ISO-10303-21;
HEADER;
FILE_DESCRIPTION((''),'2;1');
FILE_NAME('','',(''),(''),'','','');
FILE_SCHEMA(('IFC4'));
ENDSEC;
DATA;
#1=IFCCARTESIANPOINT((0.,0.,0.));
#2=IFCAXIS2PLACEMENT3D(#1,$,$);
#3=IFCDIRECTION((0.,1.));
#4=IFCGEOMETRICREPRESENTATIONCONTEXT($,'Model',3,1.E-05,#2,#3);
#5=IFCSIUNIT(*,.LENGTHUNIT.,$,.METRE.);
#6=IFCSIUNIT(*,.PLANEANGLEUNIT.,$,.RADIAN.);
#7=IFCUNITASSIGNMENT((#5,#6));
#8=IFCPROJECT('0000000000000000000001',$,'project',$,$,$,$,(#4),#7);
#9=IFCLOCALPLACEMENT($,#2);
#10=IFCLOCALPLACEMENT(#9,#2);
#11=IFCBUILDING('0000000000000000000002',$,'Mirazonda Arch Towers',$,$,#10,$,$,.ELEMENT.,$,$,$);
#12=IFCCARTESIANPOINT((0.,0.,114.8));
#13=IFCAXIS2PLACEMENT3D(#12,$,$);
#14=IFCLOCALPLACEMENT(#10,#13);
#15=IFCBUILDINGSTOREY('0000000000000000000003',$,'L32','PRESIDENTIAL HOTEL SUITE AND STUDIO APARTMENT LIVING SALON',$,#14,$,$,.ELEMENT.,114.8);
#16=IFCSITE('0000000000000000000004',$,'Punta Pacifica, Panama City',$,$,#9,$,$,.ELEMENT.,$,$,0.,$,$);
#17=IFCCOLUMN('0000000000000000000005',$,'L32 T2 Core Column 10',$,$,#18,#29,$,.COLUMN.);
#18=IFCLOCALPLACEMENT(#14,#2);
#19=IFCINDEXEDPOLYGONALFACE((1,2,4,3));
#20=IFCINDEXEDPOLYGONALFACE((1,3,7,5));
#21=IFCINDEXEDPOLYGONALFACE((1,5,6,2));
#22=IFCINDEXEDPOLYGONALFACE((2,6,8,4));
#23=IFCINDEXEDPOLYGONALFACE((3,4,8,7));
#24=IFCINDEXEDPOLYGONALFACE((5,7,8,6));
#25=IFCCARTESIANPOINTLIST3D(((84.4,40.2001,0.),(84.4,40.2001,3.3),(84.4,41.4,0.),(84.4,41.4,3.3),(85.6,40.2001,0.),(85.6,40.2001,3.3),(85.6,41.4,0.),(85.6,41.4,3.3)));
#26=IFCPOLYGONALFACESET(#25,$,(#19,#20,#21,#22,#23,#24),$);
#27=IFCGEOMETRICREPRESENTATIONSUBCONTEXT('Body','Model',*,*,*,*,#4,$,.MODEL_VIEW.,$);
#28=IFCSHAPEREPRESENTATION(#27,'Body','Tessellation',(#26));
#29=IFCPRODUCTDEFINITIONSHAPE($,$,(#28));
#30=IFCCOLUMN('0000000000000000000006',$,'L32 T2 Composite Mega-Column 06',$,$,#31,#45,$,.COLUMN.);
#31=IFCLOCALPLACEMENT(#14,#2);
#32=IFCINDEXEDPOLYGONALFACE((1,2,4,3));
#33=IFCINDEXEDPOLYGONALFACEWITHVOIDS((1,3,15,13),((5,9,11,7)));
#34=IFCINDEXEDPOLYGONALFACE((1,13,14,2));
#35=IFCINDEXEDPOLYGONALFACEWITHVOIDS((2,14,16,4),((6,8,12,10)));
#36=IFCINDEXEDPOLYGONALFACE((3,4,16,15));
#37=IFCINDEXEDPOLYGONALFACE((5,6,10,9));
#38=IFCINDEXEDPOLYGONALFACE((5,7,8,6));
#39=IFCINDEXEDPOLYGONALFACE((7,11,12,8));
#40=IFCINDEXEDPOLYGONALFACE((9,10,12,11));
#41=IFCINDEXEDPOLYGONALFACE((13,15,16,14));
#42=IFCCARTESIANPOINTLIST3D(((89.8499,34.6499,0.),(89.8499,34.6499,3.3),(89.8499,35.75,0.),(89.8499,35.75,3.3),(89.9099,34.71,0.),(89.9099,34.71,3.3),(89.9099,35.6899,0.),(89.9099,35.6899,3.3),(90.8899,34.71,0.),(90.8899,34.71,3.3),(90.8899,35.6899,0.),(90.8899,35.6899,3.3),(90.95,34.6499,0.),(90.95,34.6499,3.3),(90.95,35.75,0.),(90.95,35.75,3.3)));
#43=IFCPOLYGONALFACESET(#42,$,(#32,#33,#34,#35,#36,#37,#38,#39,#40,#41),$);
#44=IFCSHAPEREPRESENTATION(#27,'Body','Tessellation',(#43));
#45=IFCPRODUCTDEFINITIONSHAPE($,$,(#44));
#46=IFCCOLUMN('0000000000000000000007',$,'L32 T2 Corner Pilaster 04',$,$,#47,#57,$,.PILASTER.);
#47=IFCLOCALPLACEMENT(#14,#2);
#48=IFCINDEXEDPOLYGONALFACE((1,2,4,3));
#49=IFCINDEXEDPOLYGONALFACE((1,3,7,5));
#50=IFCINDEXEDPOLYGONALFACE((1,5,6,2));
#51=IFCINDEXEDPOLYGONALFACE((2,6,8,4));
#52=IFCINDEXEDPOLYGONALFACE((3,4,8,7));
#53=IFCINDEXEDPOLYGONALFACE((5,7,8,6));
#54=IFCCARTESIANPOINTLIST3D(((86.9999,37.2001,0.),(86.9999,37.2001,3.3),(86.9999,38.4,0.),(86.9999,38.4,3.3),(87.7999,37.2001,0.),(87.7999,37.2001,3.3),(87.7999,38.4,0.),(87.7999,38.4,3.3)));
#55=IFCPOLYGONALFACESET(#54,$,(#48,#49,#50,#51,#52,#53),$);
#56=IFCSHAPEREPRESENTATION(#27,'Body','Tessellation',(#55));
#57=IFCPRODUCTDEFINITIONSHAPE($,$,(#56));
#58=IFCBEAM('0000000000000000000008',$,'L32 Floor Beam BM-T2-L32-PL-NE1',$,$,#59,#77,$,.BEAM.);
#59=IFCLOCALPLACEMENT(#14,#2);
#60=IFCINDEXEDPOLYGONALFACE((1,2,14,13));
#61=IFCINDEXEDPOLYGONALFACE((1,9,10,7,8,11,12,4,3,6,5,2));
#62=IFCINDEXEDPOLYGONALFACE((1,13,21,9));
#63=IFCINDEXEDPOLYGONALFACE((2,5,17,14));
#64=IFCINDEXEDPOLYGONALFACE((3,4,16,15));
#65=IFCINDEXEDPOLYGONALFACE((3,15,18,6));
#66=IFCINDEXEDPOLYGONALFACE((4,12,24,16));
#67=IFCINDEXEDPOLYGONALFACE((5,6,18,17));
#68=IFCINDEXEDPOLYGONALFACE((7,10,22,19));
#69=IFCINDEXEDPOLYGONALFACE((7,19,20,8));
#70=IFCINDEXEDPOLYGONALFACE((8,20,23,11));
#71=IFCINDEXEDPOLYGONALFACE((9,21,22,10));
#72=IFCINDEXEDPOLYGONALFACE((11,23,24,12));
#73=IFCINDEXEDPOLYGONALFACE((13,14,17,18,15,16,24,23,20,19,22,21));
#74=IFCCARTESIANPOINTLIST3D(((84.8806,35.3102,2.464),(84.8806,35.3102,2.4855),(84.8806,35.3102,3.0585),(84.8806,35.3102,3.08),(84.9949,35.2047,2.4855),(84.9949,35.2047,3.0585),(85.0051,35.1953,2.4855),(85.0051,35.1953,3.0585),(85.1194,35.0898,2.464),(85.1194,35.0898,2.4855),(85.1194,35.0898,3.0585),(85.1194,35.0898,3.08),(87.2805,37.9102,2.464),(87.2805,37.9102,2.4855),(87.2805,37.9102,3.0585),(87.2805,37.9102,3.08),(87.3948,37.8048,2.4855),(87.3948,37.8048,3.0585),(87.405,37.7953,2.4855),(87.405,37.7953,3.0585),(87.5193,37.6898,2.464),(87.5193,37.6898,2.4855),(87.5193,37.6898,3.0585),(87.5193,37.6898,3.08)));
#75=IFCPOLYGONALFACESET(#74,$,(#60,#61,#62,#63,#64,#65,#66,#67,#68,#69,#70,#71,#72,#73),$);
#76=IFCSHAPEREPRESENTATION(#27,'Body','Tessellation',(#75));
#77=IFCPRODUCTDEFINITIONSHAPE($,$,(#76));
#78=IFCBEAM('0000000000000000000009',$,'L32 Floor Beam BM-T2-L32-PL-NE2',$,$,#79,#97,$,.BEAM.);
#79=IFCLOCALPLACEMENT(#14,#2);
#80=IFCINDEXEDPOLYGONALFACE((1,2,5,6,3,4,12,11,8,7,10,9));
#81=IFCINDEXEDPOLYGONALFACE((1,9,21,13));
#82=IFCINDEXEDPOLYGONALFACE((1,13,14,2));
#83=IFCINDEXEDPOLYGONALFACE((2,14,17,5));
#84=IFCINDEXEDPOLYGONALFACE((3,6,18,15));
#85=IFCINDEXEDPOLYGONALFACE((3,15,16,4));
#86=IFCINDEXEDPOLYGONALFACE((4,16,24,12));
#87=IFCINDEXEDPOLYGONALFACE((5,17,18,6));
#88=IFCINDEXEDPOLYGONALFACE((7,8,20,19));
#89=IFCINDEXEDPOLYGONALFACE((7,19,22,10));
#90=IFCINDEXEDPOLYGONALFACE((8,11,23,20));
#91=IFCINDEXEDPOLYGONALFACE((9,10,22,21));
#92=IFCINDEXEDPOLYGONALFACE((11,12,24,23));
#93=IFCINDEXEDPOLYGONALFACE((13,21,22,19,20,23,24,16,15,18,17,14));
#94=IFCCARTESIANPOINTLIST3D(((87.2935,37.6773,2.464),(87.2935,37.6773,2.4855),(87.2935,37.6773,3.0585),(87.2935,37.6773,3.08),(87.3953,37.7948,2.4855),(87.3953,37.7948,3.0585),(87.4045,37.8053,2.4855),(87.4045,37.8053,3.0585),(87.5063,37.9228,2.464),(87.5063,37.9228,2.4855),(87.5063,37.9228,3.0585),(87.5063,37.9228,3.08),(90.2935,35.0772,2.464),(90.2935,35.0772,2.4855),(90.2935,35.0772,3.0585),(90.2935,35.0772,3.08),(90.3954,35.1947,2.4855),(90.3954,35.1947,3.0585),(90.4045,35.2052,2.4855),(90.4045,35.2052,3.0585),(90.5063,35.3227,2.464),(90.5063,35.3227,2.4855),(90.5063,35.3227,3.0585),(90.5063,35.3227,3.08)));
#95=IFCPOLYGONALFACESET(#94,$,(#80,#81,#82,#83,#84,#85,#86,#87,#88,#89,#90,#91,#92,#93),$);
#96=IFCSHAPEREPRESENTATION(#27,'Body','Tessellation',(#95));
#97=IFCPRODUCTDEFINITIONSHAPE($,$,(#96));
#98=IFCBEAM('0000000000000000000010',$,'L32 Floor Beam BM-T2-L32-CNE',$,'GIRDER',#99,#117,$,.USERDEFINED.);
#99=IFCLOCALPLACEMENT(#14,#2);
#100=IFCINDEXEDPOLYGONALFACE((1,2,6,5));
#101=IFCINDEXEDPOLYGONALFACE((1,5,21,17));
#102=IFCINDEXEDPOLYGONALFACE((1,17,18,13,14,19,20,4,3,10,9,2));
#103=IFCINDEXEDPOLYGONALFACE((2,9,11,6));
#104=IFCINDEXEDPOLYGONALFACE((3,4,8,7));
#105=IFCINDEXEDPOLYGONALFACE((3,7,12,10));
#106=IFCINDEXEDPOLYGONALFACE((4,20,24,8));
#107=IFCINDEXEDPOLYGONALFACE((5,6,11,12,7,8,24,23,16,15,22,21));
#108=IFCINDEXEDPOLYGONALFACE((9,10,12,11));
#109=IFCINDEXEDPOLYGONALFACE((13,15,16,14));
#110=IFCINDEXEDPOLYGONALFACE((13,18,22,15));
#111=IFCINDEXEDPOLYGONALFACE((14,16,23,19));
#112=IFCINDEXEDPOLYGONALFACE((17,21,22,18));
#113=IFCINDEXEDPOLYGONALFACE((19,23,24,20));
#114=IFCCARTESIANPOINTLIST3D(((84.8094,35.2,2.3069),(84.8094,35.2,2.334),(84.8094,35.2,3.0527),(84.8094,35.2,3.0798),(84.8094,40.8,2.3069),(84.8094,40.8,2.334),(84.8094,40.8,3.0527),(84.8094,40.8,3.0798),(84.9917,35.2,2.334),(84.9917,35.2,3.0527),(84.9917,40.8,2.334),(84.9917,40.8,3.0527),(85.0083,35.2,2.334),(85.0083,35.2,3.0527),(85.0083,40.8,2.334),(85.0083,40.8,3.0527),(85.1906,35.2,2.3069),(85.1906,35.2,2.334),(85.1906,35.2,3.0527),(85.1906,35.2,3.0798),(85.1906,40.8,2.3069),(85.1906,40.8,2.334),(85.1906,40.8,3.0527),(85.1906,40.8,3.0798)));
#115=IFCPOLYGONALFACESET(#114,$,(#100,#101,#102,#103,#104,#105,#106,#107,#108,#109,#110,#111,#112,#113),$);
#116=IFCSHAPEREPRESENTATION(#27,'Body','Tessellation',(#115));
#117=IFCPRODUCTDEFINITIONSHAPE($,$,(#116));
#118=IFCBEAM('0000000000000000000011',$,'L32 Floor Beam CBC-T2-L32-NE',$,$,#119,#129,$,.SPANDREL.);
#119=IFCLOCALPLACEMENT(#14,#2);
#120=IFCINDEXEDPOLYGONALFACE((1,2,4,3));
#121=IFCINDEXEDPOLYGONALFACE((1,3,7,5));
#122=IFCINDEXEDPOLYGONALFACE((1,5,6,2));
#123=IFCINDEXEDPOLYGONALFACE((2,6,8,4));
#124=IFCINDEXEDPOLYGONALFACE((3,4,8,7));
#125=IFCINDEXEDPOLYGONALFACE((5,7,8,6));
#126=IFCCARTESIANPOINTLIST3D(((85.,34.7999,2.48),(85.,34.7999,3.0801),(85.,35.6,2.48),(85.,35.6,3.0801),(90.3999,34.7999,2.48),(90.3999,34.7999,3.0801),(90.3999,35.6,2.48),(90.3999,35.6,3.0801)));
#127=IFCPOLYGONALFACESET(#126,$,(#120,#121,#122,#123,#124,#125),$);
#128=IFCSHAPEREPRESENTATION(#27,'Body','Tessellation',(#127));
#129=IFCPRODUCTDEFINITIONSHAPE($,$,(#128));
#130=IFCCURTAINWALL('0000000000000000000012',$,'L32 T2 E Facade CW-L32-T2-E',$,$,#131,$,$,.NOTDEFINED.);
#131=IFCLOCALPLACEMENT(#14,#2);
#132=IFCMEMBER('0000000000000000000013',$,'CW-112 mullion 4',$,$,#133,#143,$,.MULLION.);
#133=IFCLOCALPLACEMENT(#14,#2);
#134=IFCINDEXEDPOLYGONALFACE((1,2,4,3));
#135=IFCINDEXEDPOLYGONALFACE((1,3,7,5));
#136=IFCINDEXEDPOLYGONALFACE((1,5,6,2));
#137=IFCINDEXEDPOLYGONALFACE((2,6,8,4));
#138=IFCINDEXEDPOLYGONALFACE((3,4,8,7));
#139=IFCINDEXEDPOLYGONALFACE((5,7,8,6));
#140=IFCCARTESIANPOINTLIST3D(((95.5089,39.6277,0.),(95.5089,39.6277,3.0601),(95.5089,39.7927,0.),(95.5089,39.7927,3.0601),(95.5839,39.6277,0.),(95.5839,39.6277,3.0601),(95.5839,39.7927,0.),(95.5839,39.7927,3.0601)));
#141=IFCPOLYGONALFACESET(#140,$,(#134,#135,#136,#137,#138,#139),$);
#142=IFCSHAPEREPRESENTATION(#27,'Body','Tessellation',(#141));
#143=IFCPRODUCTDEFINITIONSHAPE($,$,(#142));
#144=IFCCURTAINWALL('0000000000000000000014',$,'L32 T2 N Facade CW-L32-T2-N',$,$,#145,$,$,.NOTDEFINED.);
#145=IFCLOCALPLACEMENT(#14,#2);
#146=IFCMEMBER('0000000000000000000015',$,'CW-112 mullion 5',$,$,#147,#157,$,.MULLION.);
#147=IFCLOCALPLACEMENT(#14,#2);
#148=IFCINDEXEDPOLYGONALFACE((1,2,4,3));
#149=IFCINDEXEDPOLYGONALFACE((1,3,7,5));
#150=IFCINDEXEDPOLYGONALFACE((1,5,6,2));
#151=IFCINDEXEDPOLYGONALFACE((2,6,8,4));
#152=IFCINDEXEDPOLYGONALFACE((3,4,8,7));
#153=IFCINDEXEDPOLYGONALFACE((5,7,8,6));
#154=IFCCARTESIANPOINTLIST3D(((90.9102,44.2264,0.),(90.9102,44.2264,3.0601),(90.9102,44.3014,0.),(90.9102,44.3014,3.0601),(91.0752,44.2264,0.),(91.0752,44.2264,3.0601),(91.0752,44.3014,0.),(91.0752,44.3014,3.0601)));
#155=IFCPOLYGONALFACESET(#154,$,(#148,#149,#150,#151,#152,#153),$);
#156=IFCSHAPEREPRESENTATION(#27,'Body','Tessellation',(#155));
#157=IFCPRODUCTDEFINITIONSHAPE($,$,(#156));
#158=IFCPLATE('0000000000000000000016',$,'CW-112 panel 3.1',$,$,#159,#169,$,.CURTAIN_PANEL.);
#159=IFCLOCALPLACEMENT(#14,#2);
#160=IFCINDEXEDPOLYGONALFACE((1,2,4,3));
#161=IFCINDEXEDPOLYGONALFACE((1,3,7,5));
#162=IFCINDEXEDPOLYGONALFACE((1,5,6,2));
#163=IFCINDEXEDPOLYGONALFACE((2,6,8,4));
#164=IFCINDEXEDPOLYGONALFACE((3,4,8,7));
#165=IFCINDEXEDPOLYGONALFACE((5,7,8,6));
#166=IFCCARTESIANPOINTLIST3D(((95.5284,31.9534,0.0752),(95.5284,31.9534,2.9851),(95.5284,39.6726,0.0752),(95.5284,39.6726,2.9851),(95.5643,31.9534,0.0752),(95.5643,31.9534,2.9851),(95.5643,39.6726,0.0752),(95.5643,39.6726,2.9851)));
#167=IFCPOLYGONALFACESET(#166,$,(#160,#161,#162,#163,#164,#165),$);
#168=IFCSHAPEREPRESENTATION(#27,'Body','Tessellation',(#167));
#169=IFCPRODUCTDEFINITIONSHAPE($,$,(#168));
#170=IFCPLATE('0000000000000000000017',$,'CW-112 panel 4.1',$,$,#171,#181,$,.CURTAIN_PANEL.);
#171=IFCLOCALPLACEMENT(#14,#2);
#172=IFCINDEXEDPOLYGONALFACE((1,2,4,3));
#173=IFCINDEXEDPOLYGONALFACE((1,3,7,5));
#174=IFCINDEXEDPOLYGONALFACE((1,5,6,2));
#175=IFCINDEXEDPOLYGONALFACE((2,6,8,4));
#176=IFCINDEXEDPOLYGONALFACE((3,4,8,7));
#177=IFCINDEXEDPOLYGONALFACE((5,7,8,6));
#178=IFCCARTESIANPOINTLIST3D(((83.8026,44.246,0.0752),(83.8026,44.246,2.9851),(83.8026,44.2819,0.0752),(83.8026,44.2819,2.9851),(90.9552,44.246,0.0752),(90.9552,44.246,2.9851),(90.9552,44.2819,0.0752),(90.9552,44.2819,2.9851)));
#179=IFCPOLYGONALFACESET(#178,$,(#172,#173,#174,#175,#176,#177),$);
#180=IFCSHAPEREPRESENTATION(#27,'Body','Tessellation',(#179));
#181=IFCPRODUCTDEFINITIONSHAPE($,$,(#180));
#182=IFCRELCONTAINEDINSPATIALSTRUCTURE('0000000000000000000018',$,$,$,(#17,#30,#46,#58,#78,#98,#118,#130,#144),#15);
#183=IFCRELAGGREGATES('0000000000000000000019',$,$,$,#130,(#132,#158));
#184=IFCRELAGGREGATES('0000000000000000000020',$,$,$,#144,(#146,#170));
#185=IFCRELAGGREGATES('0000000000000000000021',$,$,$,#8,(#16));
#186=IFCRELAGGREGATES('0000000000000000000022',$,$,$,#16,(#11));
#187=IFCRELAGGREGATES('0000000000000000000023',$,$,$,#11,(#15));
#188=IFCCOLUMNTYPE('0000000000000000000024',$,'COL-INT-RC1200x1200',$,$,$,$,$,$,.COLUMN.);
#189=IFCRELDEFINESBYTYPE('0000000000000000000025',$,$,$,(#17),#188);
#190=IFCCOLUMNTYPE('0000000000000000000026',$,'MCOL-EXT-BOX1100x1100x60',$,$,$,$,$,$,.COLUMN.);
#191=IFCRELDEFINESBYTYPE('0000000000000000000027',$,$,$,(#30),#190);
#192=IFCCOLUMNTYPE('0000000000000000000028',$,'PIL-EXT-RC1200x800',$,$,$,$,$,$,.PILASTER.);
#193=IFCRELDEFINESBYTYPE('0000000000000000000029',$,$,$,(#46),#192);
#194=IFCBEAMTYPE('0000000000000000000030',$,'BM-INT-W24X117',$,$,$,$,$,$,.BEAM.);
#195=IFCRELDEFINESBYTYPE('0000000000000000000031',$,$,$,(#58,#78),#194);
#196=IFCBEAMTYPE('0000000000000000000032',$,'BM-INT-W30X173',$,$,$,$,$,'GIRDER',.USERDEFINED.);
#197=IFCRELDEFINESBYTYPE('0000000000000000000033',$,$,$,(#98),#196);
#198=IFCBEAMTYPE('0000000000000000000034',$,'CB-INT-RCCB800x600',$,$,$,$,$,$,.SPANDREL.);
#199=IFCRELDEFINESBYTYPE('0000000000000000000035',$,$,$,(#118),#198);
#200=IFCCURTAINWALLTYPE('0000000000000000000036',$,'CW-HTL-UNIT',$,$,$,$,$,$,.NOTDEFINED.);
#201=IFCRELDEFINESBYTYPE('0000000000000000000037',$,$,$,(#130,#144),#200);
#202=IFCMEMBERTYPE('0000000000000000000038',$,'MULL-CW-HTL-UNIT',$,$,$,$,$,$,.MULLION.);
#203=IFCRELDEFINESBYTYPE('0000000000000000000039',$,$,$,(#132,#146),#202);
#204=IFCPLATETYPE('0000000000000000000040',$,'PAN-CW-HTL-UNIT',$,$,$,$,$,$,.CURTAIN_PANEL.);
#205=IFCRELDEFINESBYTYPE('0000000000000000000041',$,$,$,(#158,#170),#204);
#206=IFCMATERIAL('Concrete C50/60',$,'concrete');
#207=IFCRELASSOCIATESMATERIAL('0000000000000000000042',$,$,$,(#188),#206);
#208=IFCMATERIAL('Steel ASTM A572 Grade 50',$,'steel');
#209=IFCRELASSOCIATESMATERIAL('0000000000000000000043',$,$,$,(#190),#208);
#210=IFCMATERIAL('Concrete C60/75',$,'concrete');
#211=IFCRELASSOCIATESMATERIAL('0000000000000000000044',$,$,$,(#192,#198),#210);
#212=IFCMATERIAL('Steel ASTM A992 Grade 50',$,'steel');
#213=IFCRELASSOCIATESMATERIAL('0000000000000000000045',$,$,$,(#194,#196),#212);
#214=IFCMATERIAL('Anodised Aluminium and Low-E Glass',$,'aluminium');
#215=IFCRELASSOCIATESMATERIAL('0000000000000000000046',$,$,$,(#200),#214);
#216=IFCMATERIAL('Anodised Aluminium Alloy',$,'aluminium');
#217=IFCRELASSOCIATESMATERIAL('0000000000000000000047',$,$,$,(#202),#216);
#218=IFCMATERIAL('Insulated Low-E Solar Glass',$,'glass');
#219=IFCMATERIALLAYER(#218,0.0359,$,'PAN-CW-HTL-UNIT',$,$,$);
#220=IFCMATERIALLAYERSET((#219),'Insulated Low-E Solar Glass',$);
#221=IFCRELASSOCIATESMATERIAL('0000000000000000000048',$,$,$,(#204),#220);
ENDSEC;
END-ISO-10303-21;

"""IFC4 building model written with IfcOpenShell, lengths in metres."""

from ifc_helpers import new_model, si_unit, direction, frame, origin, origin_2d, place, context, subcontext, project, spatial, rectangle, hollow_rectangle, i_section, extrude, material, layer, layer_set, material_profile, profile_set, type_object, element, aggregate, save


model = new_model("IFC4")

# Units and contexts
model_context = context("Model", 3, precision=1e-05, world=origin(), true_north=direction((0.0, 1.0)))
body_context = subcontext(model_context, "Body", "Model", "MODEL_VIEW")
ifc_project = project(units=[si_unit("LENGTHUNIT", "METRE"), si_unit("PLANEANGLEUNIT", "RADIAN")], contexts=[model_context])

# Site, building, storey
site_placement = place(None, origin())
site = spatial("IfcSite", under=ifc_project, at=site_placement, Name="Punta Pacifica, Panama City", CompositionType="ELEMENT", RefElevation=0.0)
building_placement = place(site_placement, origin())
building = spatial("IfcBuilding", under=site, at=building_placement, Name="Mirazonda Arch Towers", CompositionType="ELEMENT")
storey_placement = place(building_placement, frame((0.0, 0.0, 114.8)))
storey = spatial("IfcBuildingStorey", under=building, at=storey_placement, Name="L32", Description="PRESIDENTIAL HOTEL SUITE AND STUDIO APARTMENT LIVING SALON", CompositionType="ELEMENT", Elevation=114.8)

# Columns
ifc_material_1 = material(Name="Concrete C50/60", Category="concrete")
ifc_material_profile_1 = material_profile(ifc_material_1, rectangle(XDim=1.2, YDim=1.2, at=origin_2d()), Name="RC1200x1200")
ifc_profile_set_1 = profile_set([ifc_material_profile_1], Name="Concrete C50/60")
column_type_1 = type_object("IfcColumnType", Name="COL-INT-RC1200x1200", PredefinedType="COLUMN", material=ifc_profile_set_1)
column_1_placement = place(storey_placement, frame((85.0, 40.8, 0.0), z_axis=(0.0, 0.0, 1.0), x_axis=(1.0, 0.0, 0.0)))
element("IfcColumn", 1, at=column_1_placement, inside=storey, type_object=column_type_1, Name="L32 T2 Core Column 10", PredefinedType="COLUMN", context=body_context, shape_type="SweptSolid", body=[
    extrude(rectangle(XDim=1.2, YDim=1.2, at=origin_2d()), origin(), (0.0, 0.0, 1.0), 3.3),
])
ifc_material_2 = material(Name="Steel ASTM A572 Grade 50", Category="steel")
ifc_material_profile_2 = material_profile(ifc_material_2, hollow_rectangle(XDim=1.1001, YDim=1.1001, WallThickness=0.0601, at=origin_2d()), Name="BOX1100x1100x60")
ifc_profile_set_2 = profile_set([ifc_material_profile_2], Name="Steel ASTM A572 Grade 50")
column_type_2 = type_object("IfcColumnType", Name="MCOL-EXT-BOX1100x1100x60", PredefinedType="COLUMN", material=ifc_profile_set_2)
column_2_placement = place(storey_placement, frame((90.3999, 35.2, 0.0), z_axis=(0.0, 0.0, 1.0), x_axis=(1.0, 0.0, 0.0)))
element("IfcColumn", 2, at=column_2_placement, inside=storey, type_object=column_type_2, Name="L32 T2 Composite Mega-Column 06", PredefinedType="COLUMN", context=body_context, shape_type="SweptSolid", body=[
    extrude(hollow_rectangle(XDim=1.1001, YDim=1.1001, WallThickness=0.0601, at=origin_2d()), origin(), (0.0, 0.0, 1.0), 3.3),
])
ifc_material_3 = material(Name="Concrete C60/75", Category="concrete")
ifc_material_profile_3 = material_profile(ifc_material_3, rectangle(XDim=0.8, YDim=1.2, at=origin_2d()), Name="RC1200x800")
ifc_profile_set_3 = profile_set([ifc_material_profile_3], Name="Concrete C60/75")
column_type_3 = type_object("IfcColumnType", Name="PIL-EXT-RC1200x800", PredefinedType="PILASTER", material=ifc_profile_set_3)
column_3_placement = place(storey_placement, frame((87.3999, 37.8, 0.0), z_axis=(0.0, 0.0, 1.0), x_axis=(1.0, 0.0, 0.0)))
element("IfcColumn", 3, at=column_3_placement, inside=storey, type_object=column_type_3, Name="L32 T2 Corner Pilaster 04", PredefinedType="PILASTER", context=body_context, shape_type="SweptSolid", body=[
    extrude(rectangle(XDim=0.8, YDim=1.2, at=origin_2d()), origin(), (0.0, 0.0, 1.0), 3.3),
])

# Beams
ifc_material_4 = material(Name="Steel ASTM A992 Grade 50", Category="steel")
ifc_material_profile_4 = material_profile(ifc_material_4, i_section(OverallWidth=0.325, OverallDepth=0.616, WebThickness=0.0139, FlangeThickness=0.0215, at=origin_2d()), Name="W24X117")
ifc_profile_set_4 = profile_set([ifc_material_profile_4], Name="Steel ASTM A992 Grade 50")
beam_type_1 = type_object("IfcBeamType", Name="BM-INT-W24X117", PredefinedType="BEAM", material=ifc_profile_set_4)
beam_1_placement = place(storey_placement, frame((87.3999, 37.8, 2.772), z_axis=(-0.678251, -0.73483, 0.0), x_axis=(0.73483, -0.678251, 0.0)))
element("IfcBeam", 4, at=beam_1_placement, inside=storey, type_object=beam_type_1, Name="L32 Floor Beam BM-T2-L32-PL-NE1", PredefinedType="BEAM", context=body_context, shape_type="SweptSolid", body=[
    extrude(i_section(OverallWidth=0.325, OverallDepth=0.616, WebThickness=0.0139, FlangeThickness=0.0215, at=origin_2d()), origin(), (0.0, 0.0, 1.0), 3.5383),
])
beam_2_placement = place(storey_placement, frame((87.3999, 37.8, 2.772), z_axis=(0.755677, -0.654945, 0.0), x_axis=(0.654945, 0.755677, 0.0)))
element("IfcBeam", 5, at=beam_2_placement, inside=storey, type_object=beam_type_1, Name="L32 Floor Beam BM-T2-L32-PL-NE2", PredefinedType="BEAM", context=body_context, shape_type="SweptSolid", body=[
    extrude(i_section(OverallWidth=0.325, OverallDepth=0.616, WebThickness=0.0139, FlangeThickness=0.0215, at=origin_2d()), origin(), (0.0, 0.0, 1.0), 3.97),
])
ifc_material_profile_5 = material_profile(ifc_material_4, i_section(OverallWidth=0.3811, OverallDepth=0.7729, WebThickness=0.0166, FlangeThickness=0.0271, at=origin_2d()), Name="W30X173")
ifc_profile_set_5 = profile_set([ifc_material_profile_5], Name="Steel ASTM A992 Grade 50")
beam_type_2 = type_object("IfcBeamType", Name="BM-INT-W30X173", ElementType="GIRDER", PredefinedType="USERDEFINED", material=ifc_profile_set_5)
beam_3_placement = place(storey_placement, frame((85.0, 35.2, 2.6934), z_axis=(0.0, 1.0, 0.0), x_axis=(-1.0, 0.0, 0.0)))
element("IfcBeam", 6, at=beam_3_placement, inside=storey, type_object=beam_type_2, Name="L32 Floor Beam BM-T2-L32-CNE", ObjectType="GIRDER", PredefinedType="USERDEFINED", context=body_context, shape_type="SweptSolid", body=[
    extrude(i_section(OverallWidth=0.3811, OverallDepth=0.7729, WebThickness=0.0166, FlangeThickness=0.0271, at=origin_2d()), origin(), (0.0, 0.0, 1.0), 5.6001),
])
ifc_material_profile_6 = material_profile(ifc_material_3, rectangle(XDim=0.8, YDim=0.6001, at=origin_2d()), Name="RCCB800x600")
ifc_profile_set_6 = profile_set([ifc_material_profile_6], Name="Concrete C60/75")
beam_type_3 = type_object("IfcBeamType", Name="CB-INT-RCCB800x600", PredefinedType="SPANDREL", material=ifc_profile_set_6)
beam_4_placement = place(storey_placement, frame((85.0, 35.2, 2.78), z_axis=(1.0, 0.0, 0.0), x_axis=(0.0, 1.0, 0.0)))
element("IfcBeam", 7, at=beam_4_placement, inside=storey, type_object=beam_type_3, Name="L32 Floor Beam CBC-T2-L32-NE", PredefinedType="SPANDREL", context=body_context, shape_type="SweptSolid", body=[
    extrude(rectangle(XDim=0.8, YDim=0.6001, at=origin_2d()), origin(), (0.0, 0.0, 1.0), 5.3999),
])

# Curtain walls, members
ifc_material_5 = material(Name="Anodised Aluminium and Low-E Glass", Category="aluminium")
curtain_wall_type = type_object("IfcCurtainWallType", Name="CW-HTL-UNIT", PredefinedType="NOTDEFINED", material=ifc_material_5)
curtain_wall_1_placement = place(storey_placement, origin())
curtain_wall_1 = element("IfcCurtainWall", 8, at=curtain_wall_1_placement, inside=storey, type_object=curtain_wall_type, Name="L32 T2 E Facade CW-L32-T2-E", PredefinedType="NOTDEFINED")
ifc_material_6 = material(Name="Anodised Aluminium Alloy", Category="aluminium")
ifc_material_profile_7 = material_profile(ifc_material_6, rectangle(XDim=0.075, YDim=0.165, at=origin_2d()), Name="ALU-MULL-75x165")
ifc_profile_set_7 = profile_set([ifc_material_profile_7], Name="Anodised Aluminium Alloy")
member_type = type_object("IfcMemberType", Name="MULL-CW-HTL-UNIT", PredefinedType="MULLION", material=ifc_profile_set_7)
member_1_placement = place(storey_placement, frame((95.5464, 39.7102, 0.0), z_axis=(0.0, 0.0, 1.0), x_axis=(-1.0, 0.0, 0.0)))
member_1 = element("IfcMember", 9, at=member_1_placement, type_object=member_type, Name="CW-112 mullion 4", PredefinedType="MULLION", context=body_context, shape_type="SweptSolid", body=[
    extrude(rectangle(XDim=0.075, YDim=0.165, at=origin_2d()), origin(), (0.0, 0.0, 1.0), 3.0601),
])
curtain_wall_2_placement = place(storey_placement, origin())
curtain_wall_2 = element("IfcCurtainWall", 10, at=curtain_wall_2_placement, inside=storey, type_object=curtain_wall_type, Name="L32 T2 N Facade CW-L32-T2-N", PredefinedType="NOTDEFINED")
member_2_placement = place(storey_placement, frame((90.9927, 44.2639, 0.0), z_axis=(0.0, 0.0, 1.0), x_axis=(0.0, 1.0, 0.0)))
member_2 = element("IfcMember", 11, at=member_2_placement, type_object=member_type, Name="CW-112 mullion 5", PredefinedType="MULLION", context=body_context, shape_type="SweptSolid", body=[
    extrude(rectangle(XDim=0.075, YDim=0.165, at=origin_2d()), origin(), (0.0, 0.0, 1.0), 3.0601),
])

# Plates
ifc_material_7 = material(Name="Insulated Low-E Solar Glass", Category="glass")
ifc_layer_1 = layer(ifc_material_7, 0.0359, Name="PAN-CW-HTL-UNIT")
ifc_layer_set_1 = layer_set([ifc_layer_1], Name="Insulated Low-E Solar Glass")
plate_type = type_object("IfcPlateType", Name="PAN-CW-HTL-UNIT", PredefinedType="CURTAIN_PANEL", material=ifc_layer_set_1)
plate_1_placement = place(storey_placement, frame((95.5464, 35.813, 0.0752), z_axis=(0.0, 0.0, 1.0), x_axis=(0.0, 1.0, 0.0)))
plate_1 = element("IfcPlate", 12, at=plate_1_placement, type_object=plate_type, Name="CW-112 panel 3.1", PredefinedType="CURTAIN_PANEL", context=body_context, shape_type="SweptSolid", body=[
    extrude(rectangle(XDim=7.7192, YDim=0.0359, at=origin_2d()), origin(), (0.0, 0.0, 1.0), 2.9099),
])
aggregate(curtain_wall_1, [member_1, plate_1])
plate_2_placement = place(storey_placement, frame((87.3789, 44.2639, 0.0752), z_axis=(0.0, 0.0, 1.0), x_axis=(1.0, 0.0, 0.0)))
plate_2 = element("IfcPlate", 13, at=plate_2_placement, type_object=plate_type, Name="CW-112 panel 4.1", PredefinedType="CURTAIN_PANEL", context=body_context, shape_type="SweptSolid", body=[
    extrude(rectangle(XDim=7.1526, YDim=0.0359, at=origin_2d()), origin(), (0.0, 0.0, 1.0), 2.9099),
])
aggregate(curtain_wall_2, [member_2, plate_2])

save(model, "model.ifc")
